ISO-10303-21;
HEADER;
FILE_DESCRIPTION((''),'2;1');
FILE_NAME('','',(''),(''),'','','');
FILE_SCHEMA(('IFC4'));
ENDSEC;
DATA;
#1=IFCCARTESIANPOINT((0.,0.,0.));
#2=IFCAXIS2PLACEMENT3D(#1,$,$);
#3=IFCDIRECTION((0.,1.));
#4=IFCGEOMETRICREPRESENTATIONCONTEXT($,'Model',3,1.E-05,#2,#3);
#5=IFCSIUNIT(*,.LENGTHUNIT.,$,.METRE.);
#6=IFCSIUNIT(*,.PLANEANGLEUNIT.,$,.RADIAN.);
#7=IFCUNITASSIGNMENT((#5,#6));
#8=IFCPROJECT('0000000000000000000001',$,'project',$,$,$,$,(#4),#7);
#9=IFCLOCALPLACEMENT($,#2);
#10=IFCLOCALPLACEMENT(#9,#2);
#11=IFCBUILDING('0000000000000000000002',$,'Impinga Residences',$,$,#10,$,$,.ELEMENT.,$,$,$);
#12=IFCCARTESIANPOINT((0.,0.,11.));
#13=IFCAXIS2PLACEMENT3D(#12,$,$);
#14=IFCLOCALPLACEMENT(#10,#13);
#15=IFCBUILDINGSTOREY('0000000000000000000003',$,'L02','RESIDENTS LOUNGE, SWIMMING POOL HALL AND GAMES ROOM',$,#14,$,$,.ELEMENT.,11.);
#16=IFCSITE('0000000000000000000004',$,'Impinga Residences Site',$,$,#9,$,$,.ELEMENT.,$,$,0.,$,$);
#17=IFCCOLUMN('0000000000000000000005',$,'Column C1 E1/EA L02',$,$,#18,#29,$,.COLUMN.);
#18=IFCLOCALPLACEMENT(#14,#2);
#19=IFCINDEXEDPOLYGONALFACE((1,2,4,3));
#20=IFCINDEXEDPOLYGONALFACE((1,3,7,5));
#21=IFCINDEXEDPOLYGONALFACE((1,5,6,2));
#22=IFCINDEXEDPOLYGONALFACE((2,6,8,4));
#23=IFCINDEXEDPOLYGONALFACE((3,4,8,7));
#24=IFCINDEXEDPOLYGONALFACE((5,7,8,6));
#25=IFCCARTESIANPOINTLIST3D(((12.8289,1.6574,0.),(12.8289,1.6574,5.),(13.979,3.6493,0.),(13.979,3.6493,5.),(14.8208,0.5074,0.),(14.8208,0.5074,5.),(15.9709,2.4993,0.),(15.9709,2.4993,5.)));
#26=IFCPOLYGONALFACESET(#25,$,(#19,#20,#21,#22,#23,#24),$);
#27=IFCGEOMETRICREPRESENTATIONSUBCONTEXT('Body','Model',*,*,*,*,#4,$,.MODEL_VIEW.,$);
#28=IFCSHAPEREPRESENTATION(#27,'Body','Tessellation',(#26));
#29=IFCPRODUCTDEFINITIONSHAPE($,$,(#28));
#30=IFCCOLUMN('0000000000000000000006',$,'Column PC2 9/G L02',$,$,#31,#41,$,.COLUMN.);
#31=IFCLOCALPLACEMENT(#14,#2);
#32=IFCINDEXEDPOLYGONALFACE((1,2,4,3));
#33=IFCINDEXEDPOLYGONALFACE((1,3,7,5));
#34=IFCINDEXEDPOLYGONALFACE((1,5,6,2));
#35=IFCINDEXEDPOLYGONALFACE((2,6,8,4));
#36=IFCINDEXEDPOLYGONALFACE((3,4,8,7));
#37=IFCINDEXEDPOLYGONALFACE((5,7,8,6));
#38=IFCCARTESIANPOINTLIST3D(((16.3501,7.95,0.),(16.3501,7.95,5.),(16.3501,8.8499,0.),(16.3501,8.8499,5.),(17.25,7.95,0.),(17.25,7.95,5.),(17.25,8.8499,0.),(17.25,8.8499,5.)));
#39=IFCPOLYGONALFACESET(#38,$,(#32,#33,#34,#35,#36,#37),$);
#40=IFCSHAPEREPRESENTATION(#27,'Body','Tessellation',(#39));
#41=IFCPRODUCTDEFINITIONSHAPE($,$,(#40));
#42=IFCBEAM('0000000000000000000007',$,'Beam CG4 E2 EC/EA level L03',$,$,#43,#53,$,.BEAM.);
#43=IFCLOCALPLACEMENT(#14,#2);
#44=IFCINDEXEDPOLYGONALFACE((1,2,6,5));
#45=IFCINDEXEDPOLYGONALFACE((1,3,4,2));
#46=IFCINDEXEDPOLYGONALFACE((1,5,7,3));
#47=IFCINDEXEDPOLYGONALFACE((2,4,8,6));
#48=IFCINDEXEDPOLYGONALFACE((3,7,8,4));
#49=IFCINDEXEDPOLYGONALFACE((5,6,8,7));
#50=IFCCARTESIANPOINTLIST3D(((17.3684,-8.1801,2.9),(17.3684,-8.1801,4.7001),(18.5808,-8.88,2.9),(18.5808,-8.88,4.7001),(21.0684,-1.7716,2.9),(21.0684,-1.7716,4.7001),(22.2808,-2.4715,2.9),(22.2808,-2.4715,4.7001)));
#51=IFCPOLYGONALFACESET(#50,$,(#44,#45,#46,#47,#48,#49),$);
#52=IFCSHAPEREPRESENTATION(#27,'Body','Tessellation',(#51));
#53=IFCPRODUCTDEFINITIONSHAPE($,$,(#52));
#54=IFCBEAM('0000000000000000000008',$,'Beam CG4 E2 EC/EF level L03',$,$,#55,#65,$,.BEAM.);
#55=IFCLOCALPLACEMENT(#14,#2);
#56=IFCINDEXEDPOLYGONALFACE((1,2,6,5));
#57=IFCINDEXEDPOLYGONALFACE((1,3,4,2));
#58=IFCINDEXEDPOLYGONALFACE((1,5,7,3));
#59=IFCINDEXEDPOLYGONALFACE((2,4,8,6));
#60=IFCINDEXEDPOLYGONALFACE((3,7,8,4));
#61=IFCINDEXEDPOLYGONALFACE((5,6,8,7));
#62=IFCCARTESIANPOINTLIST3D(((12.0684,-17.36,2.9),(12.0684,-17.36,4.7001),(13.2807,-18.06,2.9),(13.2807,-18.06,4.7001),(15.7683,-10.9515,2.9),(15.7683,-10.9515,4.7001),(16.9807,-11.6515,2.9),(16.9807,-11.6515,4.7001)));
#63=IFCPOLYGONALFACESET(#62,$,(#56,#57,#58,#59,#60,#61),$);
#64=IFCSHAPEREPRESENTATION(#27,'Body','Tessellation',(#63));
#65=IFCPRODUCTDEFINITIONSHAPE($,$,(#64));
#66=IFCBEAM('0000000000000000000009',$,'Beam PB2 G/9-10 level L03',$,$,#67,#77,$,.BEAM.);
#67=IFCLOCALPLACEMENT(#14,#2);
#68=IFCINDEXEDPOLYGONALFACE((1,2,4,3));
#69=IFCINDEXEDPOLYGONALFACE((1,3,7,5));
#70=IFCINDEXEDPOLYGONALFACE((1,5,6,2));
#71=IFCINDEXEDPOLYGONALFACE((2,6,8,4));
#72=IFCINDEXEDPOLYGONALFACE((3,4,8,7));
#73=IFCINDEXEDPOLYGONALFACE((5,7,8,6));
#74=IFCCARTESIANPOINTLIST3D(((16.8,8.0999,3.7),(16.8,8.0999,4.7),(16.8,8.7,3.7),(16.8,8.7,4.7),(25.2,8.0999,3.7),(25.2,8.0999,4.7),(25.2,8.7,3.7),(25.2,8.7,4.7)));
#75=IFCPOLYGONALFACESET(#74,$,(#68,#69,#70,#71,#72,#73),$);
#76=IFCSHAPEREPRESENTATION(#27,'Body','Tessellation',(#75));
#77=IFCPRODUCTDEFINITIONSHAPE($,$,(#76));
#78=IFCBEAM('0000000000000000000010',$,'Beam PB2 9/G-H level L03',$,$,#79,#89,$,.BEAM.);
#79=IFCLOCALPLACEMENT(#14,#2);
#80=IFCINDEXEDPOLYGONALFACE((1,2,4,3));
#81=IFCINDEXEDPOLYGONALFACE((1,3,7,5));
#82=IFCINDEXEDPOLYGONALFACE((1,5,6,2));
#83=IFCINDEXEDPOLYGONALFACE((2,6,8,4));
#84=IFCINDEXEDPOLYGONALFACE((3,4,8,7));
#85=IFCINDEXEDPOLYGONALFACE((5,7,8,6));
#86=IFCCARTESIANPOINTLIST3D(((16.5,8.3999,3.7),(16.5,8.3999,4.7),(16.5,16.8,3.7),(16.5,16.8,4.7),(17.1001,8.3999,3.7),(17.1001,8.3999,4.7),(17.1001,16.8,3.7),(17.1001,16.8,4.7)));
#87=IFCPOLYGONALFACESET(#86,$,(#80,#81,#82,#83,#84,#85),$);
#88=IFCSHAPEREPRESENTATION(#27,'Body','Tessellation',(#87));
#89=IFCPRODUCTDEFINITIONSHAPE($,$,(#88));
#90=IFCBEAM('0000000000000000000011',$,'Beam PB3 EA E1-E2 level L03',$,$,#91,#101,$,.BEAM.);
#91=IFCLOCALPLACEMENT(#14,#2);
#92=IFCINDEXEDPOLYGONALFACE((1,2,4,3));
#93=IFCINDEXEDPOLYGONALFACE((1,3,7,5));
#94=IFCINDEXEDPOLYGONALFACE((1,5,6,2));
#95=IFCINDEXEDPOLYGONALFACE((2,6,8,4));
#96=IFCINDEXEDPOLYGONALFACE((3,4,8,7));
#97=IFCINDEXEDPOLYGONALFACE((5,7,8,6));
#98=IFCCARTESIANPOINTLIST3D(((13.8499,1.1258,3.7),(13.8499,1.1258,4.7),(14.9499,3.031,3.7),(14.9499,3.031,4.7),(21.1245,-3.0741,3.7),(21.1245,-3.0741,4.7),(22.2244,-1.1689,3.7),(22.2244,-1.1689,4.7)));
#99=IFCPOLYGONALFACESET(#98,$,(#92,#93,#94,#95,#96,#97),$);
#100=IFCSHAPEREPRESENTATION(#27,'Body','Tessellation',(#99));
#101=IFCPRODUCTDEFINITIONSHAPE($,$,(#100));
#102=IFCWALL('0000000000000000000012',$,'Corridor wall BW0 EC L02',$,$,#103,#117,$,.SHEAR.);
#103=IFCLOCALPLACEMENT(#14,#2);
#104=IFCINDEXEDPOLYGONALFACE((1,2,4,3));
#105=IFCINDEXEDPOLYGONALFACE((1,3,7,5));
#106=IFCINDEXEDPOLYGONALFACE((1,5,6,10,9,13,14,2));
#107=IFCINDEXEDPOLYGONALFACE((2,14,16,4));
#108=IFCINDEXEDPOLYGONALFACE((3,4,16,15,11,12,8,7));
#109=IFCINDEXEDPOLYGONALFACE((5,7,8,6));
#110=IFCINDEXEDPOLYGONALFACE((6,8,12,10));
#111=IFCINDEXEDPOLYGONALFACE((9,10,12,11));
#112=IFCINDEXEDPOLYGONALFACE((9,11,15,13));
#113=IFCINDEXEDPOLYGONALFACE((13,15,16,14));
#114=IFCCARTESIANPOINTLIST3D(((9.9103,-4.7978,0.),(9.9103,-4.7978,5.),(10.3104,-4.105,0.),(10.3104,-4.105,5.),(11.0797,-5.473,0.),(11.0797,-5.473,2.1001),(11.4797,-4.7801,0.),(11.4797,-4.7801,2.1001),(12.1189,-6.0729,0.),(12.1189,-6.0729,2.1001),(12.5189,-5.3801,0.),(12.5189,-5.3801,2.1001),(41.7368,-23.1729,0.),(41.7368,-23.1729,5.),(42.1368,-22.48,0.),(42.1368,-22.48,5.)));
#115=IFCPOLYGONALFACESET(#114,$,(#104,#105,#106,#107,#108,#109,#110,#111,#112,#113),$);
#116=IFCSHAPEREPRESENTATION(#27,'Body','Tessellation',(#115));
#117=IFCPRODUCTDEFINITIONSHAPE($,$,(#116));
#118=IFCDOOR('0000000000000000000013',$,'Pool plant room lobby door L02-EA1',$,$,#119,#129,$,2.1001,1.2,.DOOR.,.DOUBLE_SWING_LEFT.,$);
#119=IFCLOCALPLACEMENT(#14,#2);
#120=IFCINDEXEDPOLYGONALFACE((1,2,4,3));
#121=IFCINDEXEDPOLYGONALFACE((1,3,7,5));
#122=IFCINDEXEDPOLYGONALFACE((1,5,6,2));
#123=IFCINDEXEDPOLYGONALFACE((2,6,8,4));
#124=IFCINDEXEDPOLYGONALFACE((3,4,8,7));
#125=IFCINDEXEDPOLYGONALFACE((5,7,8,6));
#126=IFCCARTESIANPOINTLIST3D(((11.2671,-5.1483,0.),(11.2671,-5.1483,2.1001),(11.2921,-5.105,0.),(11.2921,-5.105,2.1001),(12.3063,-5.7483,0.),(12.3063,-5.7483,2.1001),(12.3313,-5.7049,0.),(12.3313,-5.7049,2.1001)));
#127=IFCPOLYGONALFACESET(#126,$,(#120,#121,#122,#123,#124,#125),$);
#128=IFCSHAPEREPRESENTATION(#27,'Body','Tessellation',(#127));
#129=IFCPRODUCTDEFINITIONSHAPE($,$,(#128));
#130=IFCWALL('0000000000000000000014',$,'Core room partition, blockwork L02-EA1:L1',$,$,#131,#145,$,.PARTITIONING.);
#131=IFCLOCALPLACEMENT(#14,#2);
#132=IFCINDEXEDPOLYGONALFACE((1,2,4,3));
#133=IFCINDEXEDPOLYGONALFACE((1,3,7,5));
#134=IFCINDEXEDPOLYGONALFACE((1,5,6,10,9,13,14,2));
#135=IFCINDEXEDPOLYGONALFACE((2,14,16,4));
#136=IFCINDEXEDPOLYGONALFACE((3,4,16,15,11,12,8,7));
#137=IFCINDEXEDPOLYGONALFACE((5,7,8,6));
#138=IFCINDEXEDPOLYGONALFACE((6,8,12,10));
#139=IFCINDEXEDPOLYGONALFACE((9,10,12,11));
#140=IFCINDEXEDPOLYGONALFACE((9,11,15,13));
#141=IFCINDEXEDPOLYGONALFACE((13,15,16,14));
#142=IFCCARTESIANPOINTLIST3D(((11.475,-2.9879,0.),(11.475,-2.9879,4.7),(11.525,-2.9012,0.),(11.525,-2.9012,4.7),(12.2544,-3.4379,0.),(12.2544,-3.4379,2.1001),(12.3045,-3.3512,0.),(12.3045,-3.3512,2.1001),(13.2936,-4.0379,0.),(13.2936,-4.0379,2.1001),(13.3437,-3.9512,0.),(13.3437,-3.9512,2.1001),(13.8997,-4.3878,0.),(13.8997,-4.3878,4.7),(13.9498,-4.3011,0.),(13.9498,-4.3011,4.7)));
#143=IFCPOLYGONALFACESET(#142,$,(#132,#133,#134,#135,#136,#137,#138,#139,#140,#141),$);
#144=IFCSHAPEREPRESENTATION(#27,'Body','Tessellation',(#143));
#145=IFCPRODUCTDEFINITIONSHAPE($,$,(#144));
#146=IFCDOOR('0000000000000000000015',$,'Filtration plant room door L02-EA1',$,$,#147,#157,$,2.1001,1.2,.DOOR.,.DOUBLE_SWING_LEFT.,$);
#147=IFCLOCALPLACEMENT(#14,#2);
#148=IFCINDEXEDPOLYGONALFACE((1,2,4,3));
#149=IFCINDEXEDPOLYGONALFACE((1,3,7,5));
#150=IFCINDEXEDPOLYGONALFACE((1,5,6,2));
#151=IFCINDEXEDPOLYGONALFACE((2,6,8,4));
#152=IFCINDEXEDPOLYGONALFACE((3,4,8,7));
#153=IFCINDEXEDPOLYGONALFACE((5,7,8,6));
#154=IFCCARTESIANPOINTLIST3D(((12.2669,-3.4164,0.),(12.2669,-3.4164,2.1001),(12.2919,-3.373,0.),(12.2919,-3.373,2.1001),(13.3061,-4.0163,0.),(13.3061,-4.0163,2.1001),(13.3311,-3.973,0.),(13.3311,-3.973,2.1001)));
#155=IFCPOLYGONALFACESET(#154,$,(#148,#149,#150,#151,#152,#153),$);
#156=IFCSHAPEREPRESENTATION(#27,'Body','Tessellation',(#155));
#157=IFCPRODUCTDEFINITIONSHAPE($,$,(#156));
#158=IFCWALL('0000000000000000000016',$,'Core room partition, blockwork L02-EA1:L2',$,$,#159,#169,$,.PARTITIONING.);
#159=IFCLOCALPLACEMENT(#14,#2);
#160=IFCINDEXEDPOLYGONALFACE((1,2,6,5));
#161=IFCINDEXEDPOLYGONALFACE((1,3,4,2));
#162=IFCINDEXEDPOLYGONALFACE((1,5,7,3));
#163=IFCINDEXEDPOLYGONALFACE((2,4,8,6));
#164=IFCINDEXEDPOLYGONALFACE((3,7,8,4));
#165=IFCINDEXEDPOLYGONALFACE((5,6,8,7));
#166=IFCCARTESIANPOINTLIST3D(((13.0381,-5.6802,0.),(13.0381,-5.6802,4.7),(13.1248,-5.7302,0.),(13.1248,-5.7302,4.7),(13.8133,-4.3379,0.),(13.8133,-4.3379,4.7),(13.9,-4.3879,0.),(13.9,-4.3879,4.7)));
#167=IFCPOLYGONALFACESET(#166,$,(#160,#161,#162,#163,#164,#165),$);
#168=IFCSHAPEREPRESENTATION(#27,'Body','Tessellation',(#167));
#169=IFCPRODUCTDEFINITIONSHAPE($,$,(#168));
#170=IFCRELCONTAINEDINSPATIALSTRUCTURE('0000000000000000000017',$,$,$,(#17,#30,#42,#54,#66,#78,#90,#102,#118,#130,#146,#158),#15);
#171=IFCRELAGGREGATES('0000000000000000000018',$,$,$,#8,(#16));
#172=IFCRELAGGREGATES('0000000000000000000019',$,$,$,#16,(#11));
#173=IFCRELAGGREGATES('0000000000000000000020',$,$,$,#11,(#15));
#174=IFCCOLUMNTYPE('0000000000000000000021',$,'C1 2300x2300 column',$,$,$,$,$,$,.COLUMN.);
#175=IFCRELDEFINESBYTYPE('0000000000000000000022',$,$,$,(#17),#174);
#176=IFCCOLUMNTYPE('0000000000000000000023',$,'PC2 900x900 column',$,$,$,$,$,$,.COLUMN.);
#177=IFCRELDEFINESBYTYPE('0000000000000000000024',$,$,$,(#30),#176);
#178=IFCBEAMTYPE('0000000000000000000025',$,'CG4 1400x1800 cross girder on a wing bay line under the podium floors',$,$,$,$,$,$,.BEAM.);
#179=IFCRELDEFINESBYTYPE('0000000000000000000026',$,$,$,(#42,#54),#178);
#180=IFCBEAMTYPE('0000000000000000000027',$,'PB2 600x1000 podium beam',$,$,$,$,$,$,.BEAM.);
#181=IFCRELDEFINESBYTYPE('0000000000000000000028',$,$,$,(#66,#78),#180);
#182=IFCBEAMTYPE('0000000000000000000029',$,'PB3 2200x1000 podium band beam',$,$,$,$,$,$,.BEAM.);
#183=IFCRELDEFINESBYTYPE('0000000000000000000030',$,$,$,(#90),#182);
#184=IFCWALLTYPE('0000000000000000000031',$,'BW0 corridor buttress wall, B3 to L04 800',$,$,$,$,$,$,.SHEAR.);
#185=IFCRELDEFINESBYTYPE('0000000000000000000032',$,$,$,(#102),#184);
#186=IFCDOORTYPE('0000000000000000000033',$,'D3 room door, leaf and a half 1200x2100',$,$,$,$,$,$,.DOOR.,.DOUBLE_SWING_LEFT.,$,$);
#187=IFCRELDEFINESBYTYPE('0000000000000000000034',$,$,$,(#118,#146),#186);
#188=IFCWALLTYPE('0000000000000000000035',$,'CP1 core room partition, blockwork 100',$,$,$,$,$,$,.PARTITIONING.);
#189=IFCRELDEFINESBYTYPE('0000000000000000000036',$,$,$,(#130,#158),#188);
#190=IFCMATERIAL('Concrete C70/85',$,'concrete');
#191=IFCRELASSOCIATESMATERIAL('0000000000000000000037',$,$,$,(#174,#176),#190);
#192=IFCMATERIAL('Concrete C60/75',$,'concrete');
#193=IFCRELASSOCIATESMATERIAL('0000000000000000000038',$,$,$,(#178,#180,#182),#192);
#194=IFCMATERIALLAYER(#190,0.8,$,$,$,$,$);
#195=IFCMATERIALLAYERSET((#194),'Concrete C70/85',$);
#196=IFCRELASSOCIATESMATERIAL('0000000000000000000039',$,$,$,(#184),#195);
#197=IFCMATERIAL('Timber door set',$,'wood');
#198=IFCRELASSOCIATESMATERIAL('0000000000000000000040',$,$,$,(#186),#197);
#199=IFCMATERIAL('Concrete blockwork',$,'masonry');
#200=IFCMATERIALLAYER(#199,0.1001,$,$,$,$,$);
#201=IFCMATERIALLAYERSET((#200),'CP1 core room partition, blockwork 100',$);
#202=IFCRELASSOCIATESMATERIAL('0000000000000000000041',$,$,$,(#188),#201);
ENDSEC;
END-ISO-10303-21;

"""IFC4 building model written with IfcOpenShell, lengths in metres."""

from ifc_helpers import new_model, si_unit, direction, frame, frame_2d, origin, origin_2d, place, context, subcontext, project, spatial, rectangle, extrude, material, layer, layer_set, material_profile, profile_set, type_object, element, fill, save


model = new_model("IFC4")

# Units and contexts
model_context = context("Model", 3, precision=1e-05, world=origin(), true_north=direction((0.0, 1.0)))
body_context = subcontext(model_context, "Body", "Model", "MODEL_VIEW")
ifc_project = project(units=[si_unit("LENGTHUNIT", "METRE"), si_unit("PLANEANGLEUNIT", "RADIAN")], contexts=[model_context])

# Site, building, storey
site_placement = place(None, origin())
site = spatial("IfcSite", under=ifc_project, at=site_placement, Name="Impinga Residences Site", CompositionType="ELEMENT", RefElevation=0.0)
building_placement = place(site_placement, origin())
building = spatial("IfcBuilding", under=site, at=building_placement, Name="Impinga Residences", CompositionType="ELEMENT")
storey_placement = place(building_placement, frame((0.0, 0.0, 11.0)))
storey = spatial("IfcBuildingStorey", under=building, at=storey_placement, Name="L02", Description="RESIDENTS LOUNGE, SWIMMING POOL HALL AND GAMES ROOM", CompositionType="ELEMENT", Elevation=11.0)

# Columns
ifc_material_1 = material(Name="Concrete C70/85", Category="concrete")
ifc_material_profile_1 = material_profile(ifc_material_1, rectangle(XDim=2.3, YDim=2.3, at=origin_2d()), Name="RC 2300x2300")
ifc_profile_set_1 = profile_set([ifc_material_profile_1], Name="Concrete C70/85")
column_type_1 = type_object("IfcColumnType", Name="C1 2300x2300 column", PredefinedType="COLUMN", material=ifc_profile_set_1)
column_1_placement = place(storey_placement, frame((14.3999, 2.0784, 0.0), z_axis=(0.0, 0.0, 1.0), x_axis=(-0.5, -0.866025, 0.0)))
element("IfcColumn", 1, at=column_1_placement, inside=storey, type_object=column_type_1, Name="Column C1 E1/EA L02", PredefinedType="COLUMN", context=body_context, shape_type="SweptSolid", body=[
    extrude(rectangle(XDim=2.3, YDim=2.3, at=origin_2d()), origin(), (0.0, 0.0, 1.0), 5.0),
])
ifc_material_profile_2 = material_profile(ifc_material_1, rectangle(XDim=0.8999, YDim=0.8999, at=origin_2d()), Name="RC 900x900")
ifc_profile_set_2 = profile_set([ifc_material_profile_2], Name="Concrete C70/85")
column_type_2 = type_object("IfcColumnType", Name="PC2 900x900 column", PredefinedType="COLUMN", material=ifc_profile_set_2)
column_2_placement = place(storey_placement, frame((16.8, 8.3999, 0.0), z_axis=(0.0, 0.0, 1.0), x_axis=(1.0, 0.0, 0.0)))
element("IfcColumn", 2, at=column_2_placement, inside=storey, type_object=column_type_2, Name="Column PC2 9/G L02", PredefinedType="COLUMN", context=body_context, shape_type="SweptSolid", body=[
    extrude(rectangle(XDim=0.8999, YDim=0.8999, at=origin_2d()), origin(), (0.0, 0.0, 1.0), 5.0),
])

# Beams
ifc_material_2 = material(Name="Concrete C60/75", Category="concrete")
ifc_material_profile_3 = material_profile(ifc_material_2, rectangle(XDim=1.3999, YDim=1.8, at=origin_2d()), Name="RC 1400x1800")
ifc_profile_set_3 = profile_set([ifc_material_profile_3], Name="Concrete C60/75")
beam_type_1 = type_object("IfcBeamType", Name="CG4 1400x1800 cross girder on a wing bay line under the podium floors", PredefinedType="BEAM", material=ifc_profile_set_3)
for number, where, z_axis, x_axis, name in (
    (3, (17.9746, -8.53, 3.8), (0.500003, 0.866024, 0.0), (-0.866024, 0.500003, 0.0), "Beam CG4 E2 EC/EA level L03"),
    (4, (16.3745, -11.3015, 3.8), (-0.500003, -0.866024, 0.0), (0.866024, -0.500003, 0.0), "Beam CG4 E2 EC/EF level L03"),
):
    element("IfcBeam", number, at=place(storey_placement, frame(where, z_axis=z_axis, x_axis=x_axis)), inside=storey, type_object=beam_type_1, Name=name, PredefinedType="BEAM", context=body_context, shape_type="SweptSolid", body=[
        extrude(rectangle(XDim=1.3999, YDim=1.8, at=origin_2d()), origin(), (0.0, 0.0, 1.0), 7.3999),
    ])
ifc_material_profile_4 = material_profile(ifc_material_2, rectangle(XDim=0.6001, YDim=1.0, at=origin_2d()), Name="RC 600x1000")
ifc_profile_set_4 = profile_set([ifc_material_profile_4], Name="Concrete C60/75")
beam_type_2 = type_object("IfcBeamType", Name="PB2 600x1000 podium beam", PredefinedType="BEAM", material=ifc_profile_set_4)
beam_1_placement = place(storey_placement, frame((16.8, 8.3999, 4.2), z_axis=(1.0, 0.0, 0.0), x_axis=(0.0, 1.0, 0.0)))
element("IfcBeam", 5, at=beam_1_placement, inside=storey, type_object=beam_type_2, Name="Beam PB2 G/9-10 level L03", PredefinedType="BEAM", context=body_context, shape_type="SweptSolid", body=[
    extrude(rectangle(XDim=0.6001, YDim=1.0, at=origin_2d()), origin(), (0.0, 0.0, 1.0), 8.3999),
])
beam_2_placement = place(storey_placement, frame((16.8, 8.3999, 4.2), z_axis=(0.0, 1.0, 0.0), x_axis=(-1.0, 0.0, 0.0)))
element("IfcBeam", 6, at=beam_2_placement, inside=storey, type_object=beam_type_2, Name="Beam PB2 9/G-H level L03", PredefinedType="BEAM", context=body_context, shape_type="SweptSolid", body=[
    extrude(rectangle(XDim=0.6001, YDim=1.0, at=origin_2d()), origin(), (0.0, 0.0, 1.0), 8.4001),
])
ifc_material_profile_5 = material_profile(ifc_material_2, rectangle(XDim=2.2, YDim=1.0, at=origin_2d()), Name="RC 2200x1000")
ifc_profile_set_5 = profile_set([ifc_material_profile_5], Name="Concrete C60/75")
beam_type_3 = type_object("IfcBeamType", Name="PB3 2200x1000 podium band beam", PredefinedType="BEAM", material=ifc_profile_set_5)
beam_3_placement = place(storey_placement, frame((14.3999, 2.0784, 4.2), z_axis=(0.866029, -0.499993, 0.0), x_axis=(0.499993, 0.866029, 0.0)))
element("IfcBeam", 7, at=beam_3_placement, inside=storey, type_object=beam_type_3, Name="Beam PB3 EA E1-E2 level L03", PredefinedType="BEAM", context=body_context, shape_type="SweptSolid", body=[
    extrude(rectangle(XDim=2.2, YDim=1.0, at=origin_2d()), origin(), (0.0, 0.0, 1.0), 8.3999),
])

# Walls, openings, doors
ifc_layer_1 = layer(ifc_material_1, 0.8)
ifc_layer_set_1 = layer_set([ifc_layer_1], Name="Concrete C70/85")
wall_type_1 = type_object("IfcWallType", Name="BW0 corridor buttress wall, B3 to L04 800", PredefinedType="SHEAR", material=ifc_layer_set_1)
wall_1_placement = place(storey_placement, frame((10.1104, -4.4514, 0.0), z_axis=(0.0, 0.0, 1.0), x_axis=(0.866025, -0.5, 0.0)))
wall_1 = element("IfcWall", 8, at=wall_1_placement, inside=storey, type_object=wall_type_1, Name="Corridor wall BW0 EC L02", PredefinedType="SHEAR", context=body_context, shape_type="SweptSolid", body=[
    extrude(rectangle(XDim=36.75, YDim=0.8, at=frame_2d((18.375, 0.0))), origin(), (0.0, 0.0, 1.0), 5.0),
])
opening_1_placement = place(wall_1_placement, frame((1.3501, 0.0, 0.0)))
opening_1 = element("IfcOpeningElement", 9, at=opening_1_placement, cuts=wall_1, PredefinedType="OPENING", context=body_context, shape_type="SweptSolid", body=[
    extrude(rectangle(XDim=1.2, YDim=2.1001, at=frame_2d((0.6001, 1.05))), frame((0.0, 0.4099, 0.0), z_axis=(0.0, -1.0, 0.0), x_axis=(1.0, 0.0, 0.0)), (0.0, 0.0, 1.0), 0.8201),
])
ifc_material_3 = material(Name="Timber door set", Category="wood")
door_type_1 = type_object("IfcDoorType", Name="D3 room door, leaf and a half 1200x2100", OperationType="DOUBLE_SWING_LEFT", PredefinedType="DOOR", material=ifc_material_3)
door_1_placement = place(opening_1_placement, origin())
door_1 = element("IfcDoor", 10, at=door_1_placement, inside=storey, type_object=door_type_1, Name="Pool plant room lobby door L02-EA1", OperationType="DOUBLE_SWING_LEFT", OverallHeight=2.1001, OverallWidth=1.2, PredefinedType="DOOR", context=body_context, shape_type="SweptSolid", body=[
    extrude(rectangle(XDim=1.2, YDim=2.1001, at=frame_2d((0.6001, 1.05))), frame((0.0, 0.0249, 0.0), z_axis=(0.0, -1.0, 0.0), x_axis=(1.0, 0.0, 0.0)), (0.0, 0.0, 1.0), 0.05),
])
fill(opening_1, door_1)
ifc_material_4 = material(Name="Concrete blockwork", Category="masonry")
ifc_layer_2 = layer(ifc_material_4, 0.1001)
ifc_layer_set_2 = layer_set([ifc_layer_2], Name="CP1 core room partition, blockwork 100")
wall_type_2 = type_object("IfcWallType", Name="CP1 core room partition, blockwork 100", PredefinedType="PARTITIONING", material=ifc_layer_set_2)
wall_2_placement = place(storey_placement, frame((11.5, -2.9446, 0.0), z_axis=(0.0, 0.0, 1.0), x_axis=(0.866035, -0.499984, 0.0)))
wall_2 = element("IfcWall", 11, at=wall_2_placement, inside=storey, type_object=wall_type_2, Name="Core room partition, blockwork L02-EA1:L1", PredefinedType="PARTITIONING", context=body_context, shape_type="SweptSolid", body=[
    extrude(rectangle(XDim=2.7998, YDim=0.1001, at=frame_2d((1.3999, 0.0))), origin(), (0.0, 0.0, 1.0), 4.7),
])
opening_2_placement = place(wall_2_placement, frame((0.8999, 0.0, 0.0)))
opening_2 = element("IfcOpeningElement", 12, at=opening_2_placement, cuts=wall_2, PredefinedType="OPENING", context=body_context, shape_type="SweptSolid", body=[
    extrude(rectangle(XDim=1.2, YDim=2.1001, at=frame_2d((0.6001, 1.05))), frame((0.0, 0.0601, 0.0), z_axis=(0.0, -1.0, 0.0), x_axis=(1.0, 0.0, 0.0)), (0.0, 0.0, 1.0), 0.1201),
])
door_2_placement = place(opening_2_placement, origin())
door_2 = element("IfcDoor", 13, at=door_2_placement, inside=storey, type_object=door_type_1, Name="Filtration plant room door L02-EA1", OperationType="DOUBLE_SWING_LEFT", OverallHeight=2.1001, OverallWidth=1.2, PredefinedType="DOOR", context=body_context, shape_type="SweptSolid", body=[
    extrude(rectangle(XDim=1.2, YDim=2.1001, at=frame_2d((0.6001, 1.05))), frame((0.0, 0.0249, 0.0), z_axis=(0.0, -1.0, 0.0), x_axis=(1.0, 0.0, 0.0)), (0.0, 0.0, 1.0), 0.05),
])
fill(opening_2, door_2)

# Wall
wall_3_placement = place(storey_placement, frame((13.0815, -5.7051, 0.0), z_axis=(0.0, 0.0, 1.0), x_axis=(0.500086, 0.865976, 0.0)))
element("IfcWall", 14, at=wall_3_placement, inside=storey, type_object=wall_type_2, Name="Core room partition, blockwork L02-EA1:L2", PredefinedType="PARTITIONING", context=body_context, shape_type="SweptSolid", body=[
    extrude(rectangle(XDim=1.55, YDim=0.1001, at=frame_2d((0.7749, 0.0))), origin(), (0.0, 0.0, 1.0), 4.7),
])

save(model, "model.ifc")
